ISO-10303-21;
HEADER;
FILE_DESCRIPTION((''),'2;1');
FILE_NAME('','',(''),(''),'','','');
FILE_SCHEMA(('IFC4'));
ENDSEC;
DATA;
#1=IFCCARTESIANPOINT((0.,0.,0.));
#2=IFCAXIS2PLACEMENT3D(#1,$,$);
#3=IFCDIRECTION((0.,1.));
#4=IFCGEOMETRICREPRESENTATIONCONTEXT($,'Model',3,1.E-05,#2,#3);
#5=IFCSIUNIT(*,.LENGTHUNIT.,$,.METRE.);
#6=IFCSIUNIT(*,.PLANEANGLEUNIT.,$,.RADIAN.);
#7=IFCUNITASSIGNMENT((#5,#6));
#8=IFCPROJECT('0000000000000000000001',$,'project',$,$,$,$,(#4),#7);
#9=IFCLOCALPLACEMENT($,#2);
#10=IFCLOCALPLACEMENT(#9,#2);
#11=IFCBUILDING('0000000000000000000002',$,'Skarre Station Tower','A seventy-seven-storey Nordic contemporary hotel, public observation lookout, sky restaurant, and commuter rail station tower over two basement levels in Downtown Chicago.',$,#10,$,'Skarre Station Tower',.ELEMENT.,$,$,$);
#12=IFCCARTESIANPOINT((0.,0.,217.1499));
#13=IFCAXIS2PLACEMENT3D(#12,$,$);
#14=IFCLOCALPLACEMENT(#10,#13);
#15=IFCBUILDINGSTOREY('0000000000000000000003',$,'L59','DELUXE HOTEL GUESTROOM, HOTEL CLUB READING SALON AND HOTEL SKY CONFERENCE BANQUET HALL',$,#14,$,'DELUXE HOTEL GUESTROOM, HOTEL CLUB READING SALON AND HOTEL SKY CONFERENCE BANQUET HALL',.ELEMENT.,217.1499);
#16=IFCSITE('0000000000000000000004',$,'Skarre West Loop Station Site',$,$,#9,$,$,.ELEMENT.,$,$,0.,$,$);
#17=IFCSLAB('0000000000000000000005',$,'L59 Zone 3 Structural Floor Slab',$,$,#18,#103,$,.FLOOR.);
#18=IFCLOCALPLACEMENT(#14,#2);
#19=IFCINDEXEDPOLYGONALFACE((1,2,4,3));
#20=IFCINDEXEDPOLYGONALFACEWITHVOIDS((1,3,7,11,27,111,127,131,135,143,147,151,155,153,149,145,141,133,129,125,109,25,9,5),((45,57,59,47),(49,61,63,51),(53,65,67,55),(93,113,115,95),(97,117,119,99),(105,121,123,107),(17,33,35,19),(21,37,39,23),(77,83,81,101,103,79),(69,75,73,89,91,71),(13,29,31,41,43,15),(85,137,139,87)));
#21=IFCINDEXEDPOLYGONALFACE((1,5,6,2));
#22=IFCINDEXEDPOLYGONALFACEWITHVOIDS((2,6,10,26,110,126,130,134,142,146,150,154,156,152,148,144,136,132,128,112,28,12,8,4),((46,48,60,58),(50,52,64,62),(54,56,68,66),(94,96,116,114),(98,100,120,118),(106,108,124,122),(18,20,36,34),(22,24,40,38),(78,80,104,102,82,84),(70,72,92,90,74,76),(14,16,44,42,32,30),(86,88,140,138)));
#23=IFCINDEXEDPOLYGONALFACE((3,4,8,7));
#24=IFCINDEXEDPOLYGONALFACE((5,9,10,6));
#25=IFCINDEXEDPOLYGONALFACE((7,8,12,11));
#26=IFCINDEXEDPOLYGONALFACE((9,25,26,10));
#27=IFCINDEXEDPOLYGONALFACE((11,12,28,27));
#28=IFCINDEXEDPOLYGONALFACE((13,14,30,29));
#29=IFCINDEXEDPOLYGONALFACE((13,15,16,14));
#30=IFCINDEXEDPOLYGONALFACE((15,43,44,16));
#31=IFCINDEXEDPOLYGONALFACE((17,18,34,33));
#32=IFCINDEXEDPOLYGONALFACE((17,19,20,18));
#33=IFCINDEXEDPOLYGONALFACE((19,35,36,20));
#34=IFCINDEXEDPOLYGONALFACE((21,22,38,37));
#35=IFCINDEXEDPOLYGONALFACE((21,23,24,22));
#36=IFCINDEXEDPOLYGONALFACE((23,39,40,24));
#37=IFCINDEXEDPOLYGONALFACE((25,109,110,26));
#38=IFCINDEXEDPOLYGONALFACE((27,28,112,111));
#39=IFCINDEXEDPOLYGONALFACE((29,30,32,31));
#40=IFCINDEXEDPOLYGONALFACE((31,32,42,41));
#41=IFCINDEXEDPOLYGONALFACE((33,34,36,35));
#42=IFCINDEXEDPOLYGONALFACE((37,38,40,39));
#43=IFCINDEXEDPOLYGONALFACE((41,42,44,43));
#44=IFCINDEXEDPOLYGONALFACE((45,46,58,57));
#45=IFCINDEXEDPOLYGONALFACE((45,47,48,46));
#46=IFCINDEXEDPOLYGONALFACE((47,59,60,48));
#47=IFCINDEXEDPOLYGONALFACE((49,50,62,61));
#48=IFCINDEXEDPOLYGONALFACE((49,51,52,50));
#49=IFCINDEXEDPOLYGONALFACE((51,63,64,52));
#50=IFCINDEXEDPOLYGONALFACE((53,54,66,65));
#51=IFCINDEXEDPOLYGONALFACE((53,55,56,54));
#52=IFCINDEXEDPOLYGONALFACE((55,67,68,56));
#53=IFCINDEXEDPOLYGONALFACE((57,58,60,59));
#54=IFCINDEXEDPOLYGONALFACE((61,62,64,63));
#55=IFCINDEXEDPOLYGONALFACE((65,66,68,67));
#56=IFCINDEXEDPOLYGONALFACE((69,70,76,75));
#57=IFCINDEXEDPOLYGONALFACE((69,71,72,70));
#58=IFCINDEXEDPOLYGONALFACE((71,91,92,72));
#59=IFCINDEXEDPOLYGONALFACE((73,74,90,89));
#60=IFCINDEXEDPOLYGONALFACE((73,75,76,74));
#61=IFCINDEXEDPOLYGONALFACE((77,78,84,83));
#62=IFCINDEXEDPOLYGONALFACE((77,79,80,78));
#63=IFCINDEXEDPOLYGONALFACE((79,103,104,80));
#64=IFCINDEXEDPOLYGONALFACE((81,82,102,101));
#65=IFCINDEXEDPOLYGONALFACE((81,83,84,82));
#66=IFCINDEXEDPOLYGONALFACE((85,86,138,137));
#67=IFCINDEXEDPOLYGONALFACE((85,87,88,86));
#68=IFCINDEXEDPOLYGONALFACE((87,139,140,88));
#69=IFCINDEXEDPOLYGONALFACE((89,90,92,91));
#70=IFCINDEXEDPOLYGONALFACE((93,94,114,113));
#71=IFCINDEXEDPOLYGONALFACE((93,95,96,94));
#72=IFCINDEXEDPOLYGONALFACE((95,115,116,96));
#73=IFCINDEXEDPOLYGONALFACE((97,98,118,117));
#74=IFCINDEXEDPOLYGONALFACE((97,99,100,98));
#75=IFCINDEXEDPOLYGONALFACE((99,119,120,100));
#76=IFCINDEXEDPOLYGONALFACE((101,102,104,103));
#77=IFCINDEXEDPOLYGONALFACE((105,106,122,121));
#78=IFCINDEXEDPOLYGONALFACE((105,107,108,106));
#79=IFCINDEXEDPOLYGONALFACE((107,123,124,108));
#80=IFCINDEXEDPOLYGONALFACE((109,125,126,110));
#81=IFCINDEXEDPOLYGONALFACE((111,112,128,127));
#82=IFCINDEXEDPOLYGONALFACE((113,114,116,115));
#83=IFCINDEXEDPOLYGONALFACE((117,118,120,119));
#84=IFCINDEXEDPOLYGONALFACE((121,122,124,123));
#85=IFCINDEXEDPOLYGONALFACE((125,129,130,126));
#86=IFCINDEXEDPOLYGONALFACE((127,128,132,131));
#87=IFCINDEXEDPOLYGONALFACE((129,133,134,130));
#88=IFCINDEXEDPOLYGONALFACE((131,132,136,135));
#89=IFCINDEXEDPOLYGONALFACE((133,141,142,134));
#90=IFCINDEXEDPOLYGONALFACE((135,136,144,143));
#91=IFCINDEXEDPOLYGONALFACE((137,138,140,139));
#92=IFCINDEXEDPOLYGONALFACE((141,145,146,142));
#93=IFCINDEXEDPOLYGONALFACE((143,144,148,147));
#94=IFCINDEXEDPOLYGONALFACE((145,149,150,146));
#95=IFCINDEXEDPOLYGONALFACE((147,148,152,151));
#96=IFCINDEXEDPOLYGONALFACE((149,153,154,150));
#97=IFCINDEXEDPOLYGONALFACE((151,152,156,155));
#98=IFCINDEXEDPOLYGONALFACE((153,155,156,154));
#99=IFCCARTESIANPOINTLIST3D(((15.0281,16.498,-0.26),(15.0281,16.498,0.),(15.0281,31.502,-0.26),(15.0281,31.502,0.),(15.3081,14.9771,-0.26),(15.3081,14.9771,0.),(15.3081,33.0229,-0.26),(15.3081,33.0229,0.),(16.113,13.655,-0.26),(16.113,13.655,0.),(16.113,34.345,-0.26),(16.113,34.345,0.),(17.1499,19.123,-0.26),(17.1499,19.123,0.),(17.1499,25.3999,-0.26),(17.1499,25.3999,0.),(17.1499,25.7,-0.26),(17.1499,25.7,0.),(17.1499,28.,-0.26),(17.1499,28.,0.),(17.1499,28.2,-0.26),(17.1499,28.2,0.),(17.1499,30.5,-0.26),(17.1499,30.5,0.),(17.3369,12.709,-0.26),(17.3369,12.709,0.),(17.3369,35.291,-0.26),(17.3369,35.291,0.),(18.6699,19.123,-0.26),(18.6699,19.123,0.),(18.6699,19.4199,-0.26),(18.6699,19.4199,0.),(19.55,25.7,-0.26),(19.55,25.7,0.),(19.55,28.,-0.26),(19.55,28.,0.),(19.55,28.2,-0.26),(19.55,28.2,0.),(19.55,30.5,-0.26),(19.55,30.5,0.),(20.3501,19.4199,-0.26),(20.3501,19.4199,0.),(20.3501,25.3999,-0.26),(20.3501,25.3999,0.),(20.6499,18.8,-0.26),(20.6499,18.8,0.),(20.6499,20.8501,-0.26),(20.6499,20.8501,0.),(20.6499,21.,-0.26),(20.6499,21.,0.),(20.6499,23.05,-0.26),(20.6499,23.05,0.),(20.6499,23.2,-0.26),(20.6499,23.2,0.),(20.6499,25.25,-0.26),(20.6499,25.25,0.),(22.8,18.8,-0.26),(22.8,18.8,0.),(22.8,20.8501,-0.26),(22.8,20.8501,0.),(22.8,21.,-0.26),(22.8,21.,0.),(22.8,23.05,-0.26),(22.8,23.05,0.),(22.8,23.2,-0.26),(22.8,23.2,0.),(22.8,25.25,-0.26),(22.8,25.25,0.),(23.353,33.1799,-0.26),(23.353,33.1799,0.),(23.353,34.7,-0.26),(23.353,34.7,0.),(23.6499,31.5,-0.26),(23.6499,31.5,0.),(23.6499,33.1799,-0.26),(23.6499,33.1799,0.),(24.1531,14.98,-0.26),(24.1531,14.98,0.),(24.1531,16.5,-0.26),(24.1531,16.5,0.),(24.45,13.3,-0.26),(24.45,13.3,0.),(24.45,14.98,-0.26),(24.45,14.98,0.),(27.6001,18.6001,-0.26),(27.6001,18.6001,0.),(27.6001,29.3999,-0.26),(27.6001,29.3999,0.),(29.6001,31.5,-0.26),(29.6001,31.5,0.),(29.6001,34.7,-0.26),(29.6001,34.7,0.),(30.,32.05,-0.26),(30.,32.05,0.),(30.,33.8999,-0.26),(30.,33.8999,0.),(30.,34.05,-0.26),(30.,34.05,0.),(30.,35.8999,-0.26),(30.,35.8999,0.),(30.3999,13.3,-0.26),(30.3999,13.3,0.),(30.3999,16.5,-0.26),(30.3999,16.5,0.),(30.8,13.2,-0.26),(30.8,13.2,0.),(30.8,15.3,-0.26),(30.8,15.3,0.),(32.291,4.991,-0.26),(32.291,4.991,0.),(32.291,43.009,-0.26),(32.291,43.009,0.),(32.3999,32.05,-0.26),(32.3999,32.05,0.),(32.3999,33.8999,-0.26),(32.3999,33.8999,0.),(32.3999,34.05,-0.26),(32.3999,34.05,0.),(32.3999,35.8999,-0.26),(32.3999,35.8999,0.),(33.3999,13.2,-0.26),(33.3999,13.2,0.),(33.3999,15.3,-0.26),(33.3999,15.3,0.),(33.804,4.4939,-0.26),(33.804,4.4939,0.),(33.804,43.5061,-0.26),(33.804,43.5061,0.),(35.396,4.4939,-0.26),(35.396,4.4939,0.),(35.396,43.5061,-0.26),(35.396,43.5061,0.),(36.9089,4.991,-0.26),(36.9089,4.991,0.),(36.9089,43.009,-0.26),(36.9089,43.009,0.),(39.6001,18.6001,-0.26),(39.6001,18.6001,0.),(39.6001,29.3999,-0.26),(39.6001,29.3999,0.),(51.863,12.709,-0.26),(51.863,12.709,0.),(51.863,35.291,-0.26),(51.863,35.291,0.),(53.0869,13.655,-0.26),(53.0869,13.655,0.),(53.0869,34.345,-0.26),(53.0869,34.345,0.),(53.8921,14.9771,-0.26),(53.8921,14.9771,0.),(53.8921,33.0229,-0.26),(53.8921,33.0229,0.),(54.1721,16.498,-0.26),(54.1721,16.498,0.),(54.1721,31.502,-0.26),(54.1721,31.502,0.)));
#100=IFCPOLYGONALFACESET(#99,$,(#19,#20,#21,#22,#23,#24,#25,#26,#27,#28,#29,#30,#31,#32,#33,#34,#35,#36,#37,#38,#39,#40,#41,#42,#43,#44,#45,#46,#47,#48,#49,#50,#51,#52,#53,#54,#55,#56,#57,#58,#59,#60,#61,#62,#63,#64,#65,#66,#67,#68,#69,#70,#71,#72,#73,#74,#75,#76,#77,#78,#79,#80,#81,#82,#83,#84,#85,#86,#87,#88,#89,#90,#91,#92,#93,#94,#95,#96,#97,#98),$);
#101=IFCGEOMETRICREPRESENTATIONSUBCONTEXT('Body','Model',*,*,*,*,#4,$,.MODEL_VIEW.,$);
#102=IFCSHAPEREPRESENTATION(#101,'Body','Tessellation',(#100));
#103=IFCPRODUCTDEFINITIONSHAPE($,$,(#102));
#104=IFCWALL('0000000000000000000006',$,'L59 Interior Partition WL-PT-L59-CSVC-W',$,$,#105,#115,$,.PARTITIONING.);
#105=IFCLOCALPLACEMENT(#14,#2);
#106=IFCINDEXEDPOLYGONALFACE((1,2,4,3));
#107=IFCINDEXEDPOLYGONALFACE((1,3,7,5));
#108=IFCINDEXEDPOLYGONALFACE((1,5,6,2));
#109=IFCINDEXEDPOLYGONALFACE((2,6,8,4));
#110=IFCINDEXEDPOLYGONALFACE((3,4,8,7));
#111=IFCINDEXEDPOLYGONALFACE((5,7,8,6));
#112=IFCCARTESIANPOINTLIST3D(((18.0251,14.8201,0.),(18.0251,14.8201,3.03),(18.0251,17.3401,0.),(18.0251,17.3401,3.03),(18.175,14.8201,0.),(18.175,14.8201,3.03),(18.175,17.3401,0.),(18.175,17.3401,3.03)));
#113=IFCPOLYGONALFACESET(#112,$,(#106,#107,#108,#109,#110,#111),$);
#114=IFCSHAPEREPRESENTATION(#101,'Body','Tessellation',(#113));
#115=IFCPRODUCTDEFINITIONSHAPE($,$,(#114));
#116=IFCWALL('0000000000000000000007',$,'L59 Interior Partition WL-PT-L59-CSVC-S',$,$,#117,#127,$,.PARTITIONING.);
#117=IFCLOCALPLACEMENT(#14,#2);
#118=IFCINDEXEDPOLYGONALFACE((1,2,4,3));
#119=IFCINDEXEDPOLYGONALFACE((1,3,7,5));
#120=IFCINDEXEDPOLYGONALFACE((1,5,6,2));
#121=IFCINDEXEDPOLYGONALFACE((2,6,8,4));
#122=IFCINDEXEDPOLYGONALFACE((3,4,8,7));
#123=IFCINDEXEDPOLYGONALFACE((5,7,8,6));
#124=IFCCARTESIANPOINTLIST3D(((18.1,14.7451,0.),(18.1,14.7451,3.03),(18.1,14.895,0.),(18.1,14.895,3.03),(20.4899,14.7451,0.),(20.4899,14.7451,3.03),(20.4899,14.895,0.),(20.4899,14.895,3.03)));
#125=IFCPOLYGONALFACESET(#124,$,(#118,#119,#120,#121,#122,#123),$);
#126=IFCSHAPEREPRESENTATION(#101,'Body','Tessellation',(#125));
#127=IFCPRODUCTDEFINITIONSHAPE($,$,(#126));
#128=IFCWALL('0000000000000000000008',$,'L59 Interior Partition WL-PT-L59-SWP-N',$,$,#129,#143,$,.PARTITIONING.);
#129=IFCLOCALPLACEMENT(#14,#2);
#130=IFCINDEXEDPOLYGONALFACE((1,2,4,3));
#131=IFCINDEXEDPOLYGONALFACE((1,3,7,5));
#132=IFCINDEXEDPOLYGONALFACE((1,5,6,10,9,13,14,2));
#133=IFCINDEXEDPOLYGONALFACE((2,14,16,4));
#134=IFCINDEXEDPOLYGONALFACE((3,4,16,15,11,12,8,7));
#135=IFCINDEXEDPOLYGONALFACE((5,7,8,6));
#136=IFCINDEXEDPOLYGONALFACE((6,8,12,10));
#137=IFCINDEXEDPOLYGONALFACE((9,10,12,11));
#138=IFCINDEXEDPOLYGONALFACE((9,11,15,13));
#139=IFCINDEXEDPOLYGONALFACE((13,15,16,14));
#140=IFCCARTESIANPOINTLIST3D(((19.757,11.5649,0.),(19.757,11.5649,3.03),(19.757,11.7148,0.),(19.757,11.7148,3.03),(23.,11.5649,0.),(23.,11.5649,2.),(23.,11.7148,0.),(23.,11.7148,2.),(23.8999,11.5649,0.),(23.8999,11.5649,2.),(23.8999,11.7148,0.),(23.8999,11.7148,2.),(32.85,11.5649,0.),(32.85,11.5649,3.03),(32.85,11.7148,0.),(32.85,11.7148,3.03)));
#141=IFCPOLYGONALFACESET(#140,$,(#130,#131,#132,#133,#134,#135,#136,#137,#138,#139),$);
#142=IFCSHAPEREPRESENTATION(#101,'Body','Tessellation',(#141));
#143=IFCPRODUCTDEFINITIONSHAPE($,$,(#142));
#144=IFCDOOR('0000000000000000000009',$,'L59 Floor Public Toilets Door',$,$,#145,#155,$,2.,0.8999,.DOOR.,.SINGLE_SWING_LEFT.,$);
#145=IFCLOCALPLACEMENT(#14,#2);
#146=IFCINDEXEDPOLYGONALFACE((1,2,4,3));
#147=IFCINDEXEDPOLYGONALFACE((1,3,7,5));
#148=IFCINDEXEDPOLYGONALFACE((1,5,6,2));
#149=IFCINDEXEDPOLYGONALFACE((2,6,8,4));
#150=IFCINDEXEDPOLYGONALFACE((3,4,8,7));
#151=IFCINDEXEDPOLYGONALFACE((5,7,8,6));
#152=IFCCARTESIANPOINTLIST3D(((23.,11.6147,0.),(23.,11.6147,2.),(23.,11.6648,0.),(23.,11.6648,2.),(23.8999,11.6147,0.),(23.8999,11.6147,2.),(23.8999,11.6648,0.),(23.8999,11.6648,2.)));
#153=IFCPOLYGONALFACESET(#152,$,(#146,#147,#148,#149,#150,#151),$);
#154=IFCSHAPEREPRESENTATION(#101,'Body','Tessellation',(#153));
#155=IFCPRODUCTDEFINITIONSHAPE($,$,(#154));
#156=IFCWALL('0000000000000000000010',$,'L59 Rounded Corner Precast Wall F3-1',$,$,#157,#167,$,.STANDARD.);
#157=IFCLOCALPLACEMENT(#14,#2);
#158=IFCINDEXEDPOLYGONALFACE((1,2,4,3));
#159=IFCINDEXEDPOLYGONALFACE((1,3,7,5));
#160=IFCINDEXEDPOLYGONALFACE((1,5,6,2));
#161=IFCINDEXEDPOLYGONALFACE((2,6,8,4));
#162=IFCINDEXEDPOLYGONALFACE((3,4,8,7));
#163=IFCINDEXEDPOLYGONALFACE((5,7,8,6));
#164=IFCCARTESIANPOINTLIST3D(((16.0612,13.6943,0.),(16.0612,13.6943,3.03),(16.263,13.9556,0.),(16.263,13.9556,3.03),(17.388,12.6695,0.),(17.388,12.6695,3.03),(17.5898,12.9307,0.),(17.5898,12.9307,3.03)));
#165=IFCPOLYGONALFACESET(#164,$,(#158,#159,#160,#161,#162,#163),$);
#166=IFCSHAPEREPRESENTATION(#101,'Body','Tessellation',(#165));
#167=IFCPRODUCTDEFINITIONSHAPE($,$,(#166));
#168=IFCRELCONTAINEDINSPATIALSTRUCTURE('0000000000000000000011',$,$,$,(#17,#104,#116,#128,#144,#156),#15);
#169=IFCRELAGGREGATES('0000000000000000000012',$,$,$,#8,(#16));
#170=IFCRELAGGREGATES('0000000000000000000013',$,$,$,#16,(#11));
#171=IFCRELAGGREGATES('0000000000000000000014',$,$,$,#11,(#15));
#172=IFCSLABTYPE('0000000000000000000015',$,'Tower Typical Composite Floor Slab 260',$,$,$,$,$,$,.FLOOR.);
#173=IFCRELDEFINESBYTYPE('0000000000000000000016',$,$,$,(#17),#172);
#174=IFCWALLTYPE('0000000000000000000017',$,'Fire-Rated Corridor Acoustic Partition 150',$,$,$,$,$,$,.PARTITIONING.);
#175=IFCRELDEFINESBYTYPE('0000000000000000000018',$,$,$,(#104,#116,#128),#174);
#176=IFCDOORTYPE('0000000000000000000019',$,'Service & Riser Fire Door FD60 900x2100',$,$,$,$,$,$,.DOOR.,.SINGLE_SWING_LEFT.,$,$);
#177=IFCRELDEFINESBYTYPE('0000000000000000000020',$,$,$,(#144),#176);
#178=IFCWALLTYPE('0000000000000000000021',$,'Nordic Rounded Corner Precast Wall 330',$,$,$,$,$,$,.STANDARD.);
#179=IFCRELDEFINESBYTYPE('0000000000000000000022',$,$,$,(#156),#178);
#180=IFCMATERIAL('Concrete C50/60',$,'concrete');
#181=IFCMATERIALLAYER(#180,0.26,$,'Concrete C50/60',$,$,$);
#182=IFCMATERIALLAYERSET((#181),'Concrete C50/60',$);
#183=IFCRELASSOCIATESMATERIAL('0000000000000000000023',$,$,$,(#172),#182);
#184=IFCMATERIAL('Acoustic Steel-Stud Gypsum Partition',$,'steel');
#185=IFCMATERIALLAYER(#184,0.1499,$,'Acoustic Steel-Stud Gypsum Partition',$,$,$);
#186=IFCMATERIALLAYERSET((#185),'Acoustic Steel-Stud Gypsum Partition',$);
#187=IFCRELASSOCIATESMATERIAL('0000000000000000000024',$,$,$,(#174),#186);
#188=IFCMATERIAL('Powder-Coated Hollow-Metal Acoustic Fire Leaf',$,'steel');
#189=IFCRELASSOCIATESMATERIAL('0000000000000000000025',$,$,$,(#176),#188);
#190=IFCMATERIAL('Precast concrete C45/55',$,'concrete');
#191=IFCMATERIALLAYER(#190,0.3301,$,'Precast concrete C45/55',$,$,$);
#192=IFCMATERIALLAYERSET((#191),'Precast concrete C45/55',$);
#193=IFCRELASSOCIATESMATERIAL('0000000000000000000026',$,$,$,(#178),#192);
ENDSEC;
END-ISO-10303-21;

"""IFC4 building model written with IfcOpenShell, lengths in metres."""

from ifc_helpers import new_model, si_unit, direction, frame, frame_2d, origin, place, context, subcontext, project, spatial, polyline, rectangle, outline, extrude, material, layer, layer_set, type_object, element, fill, save


model = new_model("IFC4")

# Units and contexts
model_context = context("Model", 3, precision=1e-05, world=origin(), true_north=direction((0.0, 1.0)))
body_context = subcontext(model_context, "Body", "Model", "MODEL_VIEW")
ifc_project = project(units=[si_unit("LENGTHUNIT", "METRE"), si_unit("PLANEANGLEUNIT", "RADIAN")], contexts=[model_context])

# Site, building, storey
site_placement = place(None, origin())
site = spatial("IfcSite", under=ifc_project, at=site_placement, Name="Skarre West Loop Station Site", CompositionType="ELEMENT", RefElevation=0.0)
building_placement = place(site_placement, origin())
building = spatial("IfcBuilding", under=site, at=building_placement, Name="Skarre Station Tower", Description="A seventy-seven-storey Nordic contemporary hotel, public observation lookout, sky restaurant, and commuter rail station tower over two basement levels in Downtown Chicago.", LongName="Skarre Station Tower", CompositionType="ELEMENT")
storey_placement = place(building_placement, frame((0.0, 0.0, 217.1499)))
storey = spatial("IfcBuildingStorey", under=building, at=storey_placement, Name="L59", Description="DELUXE HOTEL GUESTROOM, HOTEL CLUB READING SALON AND HOTEL SKY CONFERENCE BANQUET HALL", LongName="DELUXE HOTEL GUESTROOM, HOTEL CLUB READING SALON AND HOTEL SKY CONFERENCE BANQUET HALL", CompositionType="ELEMENT", Elevation=217.1499)

# Shared definitions
ifc_material_1 = material(Name="Concrete C50/60", Category="concrete")

# Slab
ifc_layer_1 = layer(ifc_material_1, 0.26, Name="Concrete C50/60")
ifc_layer_set_1 = layer_set([ifc_layer_1], Name="Concrete C50/60")
slab_type_1 = type_object("IfcSlabType", Name="Tower Typical Composite Floor Slab 260", PredefinedType="FLOOR", material=ifc_layer_set_1)
slab_1_placement = place(storey_placement, frame((0.0, 0.0, -0.26)))
element("IfcSlab", 1, at=slab_1_placement, inside=storey, type_object=slab_type_1, Name="L59 Zone 3 Structural Floor Slab", PredefinedType="FLOOR", context=body_context, shape_type="SweptSolid", body=[
    extrude(outline(polyline([(54.1721, 31.502), (53.8921, 33.0229), (53.0869, 34.345), (51.863, 35.291), (36.9089, 43.009), (35.396, 43.5061), (33.804, 43.5061), (32.291, 43.009), (17.3369, 35.291), (16.113, 34.345), (15.3081, 33.0229), (15.0281, 31.502), (15.0281, 16.498), (15.3081, 14.9771), (16.113, 13.655), (17.3369, 12.709), (32.291, 4.991), (33.804, 4.4939), (35.396, 4.4939), (36.9089, 4.991), (51.863, 12.709), (53.0869, 13.655), (53.8921, 14.9771), (54.1721, 16.498), (54.1721, 31.502)]), holes=[polyline([(18.6699, 19.4199), (18.6699, 19.123), (17.1499, 19.123), (17.1499, 25.3999), (20.3501, 25.3999), (20.3501, 19.4199), (18.6699, 19.4199)]), polyline([(24.45, 14.98), (24.1531, 14.98), (24.1531, 16.5), (30.3999, 16.5), (30.3999, 13.3), (24.45, 13.3), (24.45, 14.98)]), polyline([(23.6499, 33.1799), (23.353, 33.1799), (23.353, 34.7), (29.6001, 34.7), (29.6001, 31.5), (23.6499, 31.5), (23.6499, 33.1799)]), polyline([(17.1499, 28.0), (19.55, 28.0), (19.55, 25.7), (17.1499, 25.7), (17.1499, 28.0)]), polyline([(17.1499, 30.5), (19.55, 30.5), (19.55, 28.2), (17.1499, 28.2), (17.1499, 30.5)]), polyline([(30.8, 15.3), (33.3999, 15.3), (33.3999, 13.2), (30.8, 13.2), (30.8, 15.3)]), polyline([(20.6499, 20.8501), (22.8, 20.8501), (22.8, 18.8), (20.6499, 18.8), (20.6499, 20.8501)]), polyline([(20.6499, 23.05), (22.8, 23.05), (22.8, 21.0), (20.6499, 21.0), (20.6499, 23.05)]), polyline([(20.6499, 25.25), (22.8, 25.25), (22.8, 23.2), (20.6499, 23.2), (20.6499, 25.25)]), polyline([(30.0, 33.8999), (32.3999, 33.8999), (32.3999, 32.05), (30.0, 32.05), (30.0, 33.8999)]), polyline([(30.0, 35.8999), (32.3999, 35.8999), (32.3999, 34.05), (30.0, 34.05), (30.0, 35.8999)]), polyline([(27.6001, 29.3999), (39.6001, 29.3999), (39.6001, 18.6001), (27.6001, 18.6001), (27.6001, 29.3999)])]), origin(), (0.0, 0.0, 1.0), 0.26),
])

# Walls
ifc_material_2 = material(Name="Acoustic Steel-Stud Gypsum Partition", Category="steel")
ifc_layer_2 = layer(ifc_material_2, 0.1499, Name="Acoustic Steel-Stud Gypsum Partition")
ifc_layer_set_2 = layer_set([ifc_layer_2], Name="Acoustic Steel-Stud Gypsum Partition")
wall_type_1 = type_object("IfcWallType", Name="Fire-Rated Corridor Acoustic Partition 150", PredefinedType="PARTITIONING", material=ifc_layer_set_2)
wall_1_placement = place(storey_placement, frame((18.1001, 17.3401, 0.0), z_axis=(0.0, 0.0, 1.0), x_axis=(0.0, -1.0, 0.0)))
element("IfcWall", 2, at=wall_1_placement, inside=storey, type_object=wall_type_1, Name="L59 Interior Partition WL-PT-L59-CSVC-W", PredefinedType="PARTITIONING", context=body_context, shape_type="SweptSolid", body=[
    extrude(rectangle(XDim=2.52, YDim=0.1499, at=frame_2d((1.26, 0.0))), origin(), (0.0, 0.0, 1.0), 3.03),
])
wall_2_placement = place(storey_placement, frame((18.1001, 14.8201, 0.0), z_axis=(0.0, 0.0, 1.0), x_axis=(1.0, 0.0, 0.0)))
element("IfcWall", 3, at=wall_2_placement, inside=storey, type_object=wall_type_1, Name="L59 Interior Partition WL-PT-L59-CSVC-S", PredefinedType="PARTITIONING", context=body_context, shape_type="SweptSolid", body=[
    extrude(rectangle(XDim=2.3899, YDim=0.1499, at=frame_2d((1.1948, 0.0))), origin(), (0.0, 0.0, 1.0), 3.03),
])

# Wall, opening, door
wall_3_placement = place(storey_placement, frame((19.7571, 11.6399, 0.0), z_axis=(0.0, 0.0, 1.0), x_axis=(1.0, 0.0, 0.0)))
wall_3 = element("IfcWall", 4, at=wall_3_placement, inside=storey, type_object=wall_type_1, Name="L59 Interior Partition WL-PT-L59-SWP-N", PredefinedType="PARTITIONING", context=body_context, shape_type="SweptSolid", body=[
    extrude(rectangle(XDim=13.093, YDim=0.1499, at=frame_2d((6.5464, 0.0))), origin(), (0.0, 0.0, 1.0), 3.03),
])
opening_1_placement = place(wall_3_placement, frame((3.2429, 0.0, 0.0)))
opening_1 = element("IfcOpeningElement", 5, at=opening_1_placement, cuts=wall_3, PredefinedType="OPENING", context=body_context, shape_type="SweptSolid", body=[
    extrude(rectangle(XDim=0.8999, YDim=2.0, at=frame_2d((0.45, 1.0))), frame((0.0, 0.085, 0.0), z_axis=(0.0, -1.0, 0.0), x_axis=(1.0, 0.0, 0.0)), (0.0, 0.0, 1.0), 0.1699),
])
ifc_material_3 = material(Name="Powder-Coated Hollow-Metal Acoustic Fire Leaf", Category="steel")
door_type = type_object("IfcDoorType", Name="Service & Riser Fire Door FD60 900x2100", OperationType="SINGLE_SWING_LEFT", PredefinedType="DOOR", material=ifc_material_3)
door_placement = place(opening_1_placement, origin())
door = element("IfcDoor", 6, at=door_placement, inside=storey, type_object=door_type, Name="L59 Floor Public Toilets Door", OperationType="SINGLE_SWING_LEFT", OverallHeight=2.0, OverallWidth=0.8999, PredefinedType="DOOR", context=body_context, shape_type="SweptSolid", body=[
    extrude(rectangle(XDim=0.8999, YDim=2.0, at=frame_2d((0.45, 1.0))), frame((0.0, 0.0249, 0.0), z_axis=(0.0, -1.0, 0.0), x_axis=(1.0, 0.0, 0.0)), (0.0, 0.0, 1.0), 0.05),
])
fill(opening_1, door)

# Wall
ifc_material_4 = material(Name="Precast concrete C45/55", Category="concrete")
ifc_layer_3 = layer(ifc_material_4, 0.3301, Name="Precast concrete C45/55")
ifc_layer_set_3 = layer_set([ifc_layer_3], Name="Precast concrete C45/55")
wall_type_2 = type_object("IfcWallType", Name="Nordic Rounded Corner Precast Wall 330", PredefinedType="STANDARD", material=ifc_layer_set_3)
wall_4_placement = place(storey_placement, frame((17.489, 12.8, 0.0), z_axis=(0.0, 0.0, 1.0), x_axis=(-0.79141, 0.611286, 0.0)))
element("IfcWall", 7, at=wall_4_placement, inside=storey, type_object=wall_type_2, Name="L59 Rounded Corner Precast Wall F3-1", PredefinedType="STANDARD", context=body_context, shape_type="SweptSolid", body=[
    extrude(rectangle(XDim=1.6765, YDim=0.3301, at=frame_2d((0.8384, 0.0))), origin(), (0.0, 0.0, 1.0), 3.03),
])

save(model, "model.ifc")
